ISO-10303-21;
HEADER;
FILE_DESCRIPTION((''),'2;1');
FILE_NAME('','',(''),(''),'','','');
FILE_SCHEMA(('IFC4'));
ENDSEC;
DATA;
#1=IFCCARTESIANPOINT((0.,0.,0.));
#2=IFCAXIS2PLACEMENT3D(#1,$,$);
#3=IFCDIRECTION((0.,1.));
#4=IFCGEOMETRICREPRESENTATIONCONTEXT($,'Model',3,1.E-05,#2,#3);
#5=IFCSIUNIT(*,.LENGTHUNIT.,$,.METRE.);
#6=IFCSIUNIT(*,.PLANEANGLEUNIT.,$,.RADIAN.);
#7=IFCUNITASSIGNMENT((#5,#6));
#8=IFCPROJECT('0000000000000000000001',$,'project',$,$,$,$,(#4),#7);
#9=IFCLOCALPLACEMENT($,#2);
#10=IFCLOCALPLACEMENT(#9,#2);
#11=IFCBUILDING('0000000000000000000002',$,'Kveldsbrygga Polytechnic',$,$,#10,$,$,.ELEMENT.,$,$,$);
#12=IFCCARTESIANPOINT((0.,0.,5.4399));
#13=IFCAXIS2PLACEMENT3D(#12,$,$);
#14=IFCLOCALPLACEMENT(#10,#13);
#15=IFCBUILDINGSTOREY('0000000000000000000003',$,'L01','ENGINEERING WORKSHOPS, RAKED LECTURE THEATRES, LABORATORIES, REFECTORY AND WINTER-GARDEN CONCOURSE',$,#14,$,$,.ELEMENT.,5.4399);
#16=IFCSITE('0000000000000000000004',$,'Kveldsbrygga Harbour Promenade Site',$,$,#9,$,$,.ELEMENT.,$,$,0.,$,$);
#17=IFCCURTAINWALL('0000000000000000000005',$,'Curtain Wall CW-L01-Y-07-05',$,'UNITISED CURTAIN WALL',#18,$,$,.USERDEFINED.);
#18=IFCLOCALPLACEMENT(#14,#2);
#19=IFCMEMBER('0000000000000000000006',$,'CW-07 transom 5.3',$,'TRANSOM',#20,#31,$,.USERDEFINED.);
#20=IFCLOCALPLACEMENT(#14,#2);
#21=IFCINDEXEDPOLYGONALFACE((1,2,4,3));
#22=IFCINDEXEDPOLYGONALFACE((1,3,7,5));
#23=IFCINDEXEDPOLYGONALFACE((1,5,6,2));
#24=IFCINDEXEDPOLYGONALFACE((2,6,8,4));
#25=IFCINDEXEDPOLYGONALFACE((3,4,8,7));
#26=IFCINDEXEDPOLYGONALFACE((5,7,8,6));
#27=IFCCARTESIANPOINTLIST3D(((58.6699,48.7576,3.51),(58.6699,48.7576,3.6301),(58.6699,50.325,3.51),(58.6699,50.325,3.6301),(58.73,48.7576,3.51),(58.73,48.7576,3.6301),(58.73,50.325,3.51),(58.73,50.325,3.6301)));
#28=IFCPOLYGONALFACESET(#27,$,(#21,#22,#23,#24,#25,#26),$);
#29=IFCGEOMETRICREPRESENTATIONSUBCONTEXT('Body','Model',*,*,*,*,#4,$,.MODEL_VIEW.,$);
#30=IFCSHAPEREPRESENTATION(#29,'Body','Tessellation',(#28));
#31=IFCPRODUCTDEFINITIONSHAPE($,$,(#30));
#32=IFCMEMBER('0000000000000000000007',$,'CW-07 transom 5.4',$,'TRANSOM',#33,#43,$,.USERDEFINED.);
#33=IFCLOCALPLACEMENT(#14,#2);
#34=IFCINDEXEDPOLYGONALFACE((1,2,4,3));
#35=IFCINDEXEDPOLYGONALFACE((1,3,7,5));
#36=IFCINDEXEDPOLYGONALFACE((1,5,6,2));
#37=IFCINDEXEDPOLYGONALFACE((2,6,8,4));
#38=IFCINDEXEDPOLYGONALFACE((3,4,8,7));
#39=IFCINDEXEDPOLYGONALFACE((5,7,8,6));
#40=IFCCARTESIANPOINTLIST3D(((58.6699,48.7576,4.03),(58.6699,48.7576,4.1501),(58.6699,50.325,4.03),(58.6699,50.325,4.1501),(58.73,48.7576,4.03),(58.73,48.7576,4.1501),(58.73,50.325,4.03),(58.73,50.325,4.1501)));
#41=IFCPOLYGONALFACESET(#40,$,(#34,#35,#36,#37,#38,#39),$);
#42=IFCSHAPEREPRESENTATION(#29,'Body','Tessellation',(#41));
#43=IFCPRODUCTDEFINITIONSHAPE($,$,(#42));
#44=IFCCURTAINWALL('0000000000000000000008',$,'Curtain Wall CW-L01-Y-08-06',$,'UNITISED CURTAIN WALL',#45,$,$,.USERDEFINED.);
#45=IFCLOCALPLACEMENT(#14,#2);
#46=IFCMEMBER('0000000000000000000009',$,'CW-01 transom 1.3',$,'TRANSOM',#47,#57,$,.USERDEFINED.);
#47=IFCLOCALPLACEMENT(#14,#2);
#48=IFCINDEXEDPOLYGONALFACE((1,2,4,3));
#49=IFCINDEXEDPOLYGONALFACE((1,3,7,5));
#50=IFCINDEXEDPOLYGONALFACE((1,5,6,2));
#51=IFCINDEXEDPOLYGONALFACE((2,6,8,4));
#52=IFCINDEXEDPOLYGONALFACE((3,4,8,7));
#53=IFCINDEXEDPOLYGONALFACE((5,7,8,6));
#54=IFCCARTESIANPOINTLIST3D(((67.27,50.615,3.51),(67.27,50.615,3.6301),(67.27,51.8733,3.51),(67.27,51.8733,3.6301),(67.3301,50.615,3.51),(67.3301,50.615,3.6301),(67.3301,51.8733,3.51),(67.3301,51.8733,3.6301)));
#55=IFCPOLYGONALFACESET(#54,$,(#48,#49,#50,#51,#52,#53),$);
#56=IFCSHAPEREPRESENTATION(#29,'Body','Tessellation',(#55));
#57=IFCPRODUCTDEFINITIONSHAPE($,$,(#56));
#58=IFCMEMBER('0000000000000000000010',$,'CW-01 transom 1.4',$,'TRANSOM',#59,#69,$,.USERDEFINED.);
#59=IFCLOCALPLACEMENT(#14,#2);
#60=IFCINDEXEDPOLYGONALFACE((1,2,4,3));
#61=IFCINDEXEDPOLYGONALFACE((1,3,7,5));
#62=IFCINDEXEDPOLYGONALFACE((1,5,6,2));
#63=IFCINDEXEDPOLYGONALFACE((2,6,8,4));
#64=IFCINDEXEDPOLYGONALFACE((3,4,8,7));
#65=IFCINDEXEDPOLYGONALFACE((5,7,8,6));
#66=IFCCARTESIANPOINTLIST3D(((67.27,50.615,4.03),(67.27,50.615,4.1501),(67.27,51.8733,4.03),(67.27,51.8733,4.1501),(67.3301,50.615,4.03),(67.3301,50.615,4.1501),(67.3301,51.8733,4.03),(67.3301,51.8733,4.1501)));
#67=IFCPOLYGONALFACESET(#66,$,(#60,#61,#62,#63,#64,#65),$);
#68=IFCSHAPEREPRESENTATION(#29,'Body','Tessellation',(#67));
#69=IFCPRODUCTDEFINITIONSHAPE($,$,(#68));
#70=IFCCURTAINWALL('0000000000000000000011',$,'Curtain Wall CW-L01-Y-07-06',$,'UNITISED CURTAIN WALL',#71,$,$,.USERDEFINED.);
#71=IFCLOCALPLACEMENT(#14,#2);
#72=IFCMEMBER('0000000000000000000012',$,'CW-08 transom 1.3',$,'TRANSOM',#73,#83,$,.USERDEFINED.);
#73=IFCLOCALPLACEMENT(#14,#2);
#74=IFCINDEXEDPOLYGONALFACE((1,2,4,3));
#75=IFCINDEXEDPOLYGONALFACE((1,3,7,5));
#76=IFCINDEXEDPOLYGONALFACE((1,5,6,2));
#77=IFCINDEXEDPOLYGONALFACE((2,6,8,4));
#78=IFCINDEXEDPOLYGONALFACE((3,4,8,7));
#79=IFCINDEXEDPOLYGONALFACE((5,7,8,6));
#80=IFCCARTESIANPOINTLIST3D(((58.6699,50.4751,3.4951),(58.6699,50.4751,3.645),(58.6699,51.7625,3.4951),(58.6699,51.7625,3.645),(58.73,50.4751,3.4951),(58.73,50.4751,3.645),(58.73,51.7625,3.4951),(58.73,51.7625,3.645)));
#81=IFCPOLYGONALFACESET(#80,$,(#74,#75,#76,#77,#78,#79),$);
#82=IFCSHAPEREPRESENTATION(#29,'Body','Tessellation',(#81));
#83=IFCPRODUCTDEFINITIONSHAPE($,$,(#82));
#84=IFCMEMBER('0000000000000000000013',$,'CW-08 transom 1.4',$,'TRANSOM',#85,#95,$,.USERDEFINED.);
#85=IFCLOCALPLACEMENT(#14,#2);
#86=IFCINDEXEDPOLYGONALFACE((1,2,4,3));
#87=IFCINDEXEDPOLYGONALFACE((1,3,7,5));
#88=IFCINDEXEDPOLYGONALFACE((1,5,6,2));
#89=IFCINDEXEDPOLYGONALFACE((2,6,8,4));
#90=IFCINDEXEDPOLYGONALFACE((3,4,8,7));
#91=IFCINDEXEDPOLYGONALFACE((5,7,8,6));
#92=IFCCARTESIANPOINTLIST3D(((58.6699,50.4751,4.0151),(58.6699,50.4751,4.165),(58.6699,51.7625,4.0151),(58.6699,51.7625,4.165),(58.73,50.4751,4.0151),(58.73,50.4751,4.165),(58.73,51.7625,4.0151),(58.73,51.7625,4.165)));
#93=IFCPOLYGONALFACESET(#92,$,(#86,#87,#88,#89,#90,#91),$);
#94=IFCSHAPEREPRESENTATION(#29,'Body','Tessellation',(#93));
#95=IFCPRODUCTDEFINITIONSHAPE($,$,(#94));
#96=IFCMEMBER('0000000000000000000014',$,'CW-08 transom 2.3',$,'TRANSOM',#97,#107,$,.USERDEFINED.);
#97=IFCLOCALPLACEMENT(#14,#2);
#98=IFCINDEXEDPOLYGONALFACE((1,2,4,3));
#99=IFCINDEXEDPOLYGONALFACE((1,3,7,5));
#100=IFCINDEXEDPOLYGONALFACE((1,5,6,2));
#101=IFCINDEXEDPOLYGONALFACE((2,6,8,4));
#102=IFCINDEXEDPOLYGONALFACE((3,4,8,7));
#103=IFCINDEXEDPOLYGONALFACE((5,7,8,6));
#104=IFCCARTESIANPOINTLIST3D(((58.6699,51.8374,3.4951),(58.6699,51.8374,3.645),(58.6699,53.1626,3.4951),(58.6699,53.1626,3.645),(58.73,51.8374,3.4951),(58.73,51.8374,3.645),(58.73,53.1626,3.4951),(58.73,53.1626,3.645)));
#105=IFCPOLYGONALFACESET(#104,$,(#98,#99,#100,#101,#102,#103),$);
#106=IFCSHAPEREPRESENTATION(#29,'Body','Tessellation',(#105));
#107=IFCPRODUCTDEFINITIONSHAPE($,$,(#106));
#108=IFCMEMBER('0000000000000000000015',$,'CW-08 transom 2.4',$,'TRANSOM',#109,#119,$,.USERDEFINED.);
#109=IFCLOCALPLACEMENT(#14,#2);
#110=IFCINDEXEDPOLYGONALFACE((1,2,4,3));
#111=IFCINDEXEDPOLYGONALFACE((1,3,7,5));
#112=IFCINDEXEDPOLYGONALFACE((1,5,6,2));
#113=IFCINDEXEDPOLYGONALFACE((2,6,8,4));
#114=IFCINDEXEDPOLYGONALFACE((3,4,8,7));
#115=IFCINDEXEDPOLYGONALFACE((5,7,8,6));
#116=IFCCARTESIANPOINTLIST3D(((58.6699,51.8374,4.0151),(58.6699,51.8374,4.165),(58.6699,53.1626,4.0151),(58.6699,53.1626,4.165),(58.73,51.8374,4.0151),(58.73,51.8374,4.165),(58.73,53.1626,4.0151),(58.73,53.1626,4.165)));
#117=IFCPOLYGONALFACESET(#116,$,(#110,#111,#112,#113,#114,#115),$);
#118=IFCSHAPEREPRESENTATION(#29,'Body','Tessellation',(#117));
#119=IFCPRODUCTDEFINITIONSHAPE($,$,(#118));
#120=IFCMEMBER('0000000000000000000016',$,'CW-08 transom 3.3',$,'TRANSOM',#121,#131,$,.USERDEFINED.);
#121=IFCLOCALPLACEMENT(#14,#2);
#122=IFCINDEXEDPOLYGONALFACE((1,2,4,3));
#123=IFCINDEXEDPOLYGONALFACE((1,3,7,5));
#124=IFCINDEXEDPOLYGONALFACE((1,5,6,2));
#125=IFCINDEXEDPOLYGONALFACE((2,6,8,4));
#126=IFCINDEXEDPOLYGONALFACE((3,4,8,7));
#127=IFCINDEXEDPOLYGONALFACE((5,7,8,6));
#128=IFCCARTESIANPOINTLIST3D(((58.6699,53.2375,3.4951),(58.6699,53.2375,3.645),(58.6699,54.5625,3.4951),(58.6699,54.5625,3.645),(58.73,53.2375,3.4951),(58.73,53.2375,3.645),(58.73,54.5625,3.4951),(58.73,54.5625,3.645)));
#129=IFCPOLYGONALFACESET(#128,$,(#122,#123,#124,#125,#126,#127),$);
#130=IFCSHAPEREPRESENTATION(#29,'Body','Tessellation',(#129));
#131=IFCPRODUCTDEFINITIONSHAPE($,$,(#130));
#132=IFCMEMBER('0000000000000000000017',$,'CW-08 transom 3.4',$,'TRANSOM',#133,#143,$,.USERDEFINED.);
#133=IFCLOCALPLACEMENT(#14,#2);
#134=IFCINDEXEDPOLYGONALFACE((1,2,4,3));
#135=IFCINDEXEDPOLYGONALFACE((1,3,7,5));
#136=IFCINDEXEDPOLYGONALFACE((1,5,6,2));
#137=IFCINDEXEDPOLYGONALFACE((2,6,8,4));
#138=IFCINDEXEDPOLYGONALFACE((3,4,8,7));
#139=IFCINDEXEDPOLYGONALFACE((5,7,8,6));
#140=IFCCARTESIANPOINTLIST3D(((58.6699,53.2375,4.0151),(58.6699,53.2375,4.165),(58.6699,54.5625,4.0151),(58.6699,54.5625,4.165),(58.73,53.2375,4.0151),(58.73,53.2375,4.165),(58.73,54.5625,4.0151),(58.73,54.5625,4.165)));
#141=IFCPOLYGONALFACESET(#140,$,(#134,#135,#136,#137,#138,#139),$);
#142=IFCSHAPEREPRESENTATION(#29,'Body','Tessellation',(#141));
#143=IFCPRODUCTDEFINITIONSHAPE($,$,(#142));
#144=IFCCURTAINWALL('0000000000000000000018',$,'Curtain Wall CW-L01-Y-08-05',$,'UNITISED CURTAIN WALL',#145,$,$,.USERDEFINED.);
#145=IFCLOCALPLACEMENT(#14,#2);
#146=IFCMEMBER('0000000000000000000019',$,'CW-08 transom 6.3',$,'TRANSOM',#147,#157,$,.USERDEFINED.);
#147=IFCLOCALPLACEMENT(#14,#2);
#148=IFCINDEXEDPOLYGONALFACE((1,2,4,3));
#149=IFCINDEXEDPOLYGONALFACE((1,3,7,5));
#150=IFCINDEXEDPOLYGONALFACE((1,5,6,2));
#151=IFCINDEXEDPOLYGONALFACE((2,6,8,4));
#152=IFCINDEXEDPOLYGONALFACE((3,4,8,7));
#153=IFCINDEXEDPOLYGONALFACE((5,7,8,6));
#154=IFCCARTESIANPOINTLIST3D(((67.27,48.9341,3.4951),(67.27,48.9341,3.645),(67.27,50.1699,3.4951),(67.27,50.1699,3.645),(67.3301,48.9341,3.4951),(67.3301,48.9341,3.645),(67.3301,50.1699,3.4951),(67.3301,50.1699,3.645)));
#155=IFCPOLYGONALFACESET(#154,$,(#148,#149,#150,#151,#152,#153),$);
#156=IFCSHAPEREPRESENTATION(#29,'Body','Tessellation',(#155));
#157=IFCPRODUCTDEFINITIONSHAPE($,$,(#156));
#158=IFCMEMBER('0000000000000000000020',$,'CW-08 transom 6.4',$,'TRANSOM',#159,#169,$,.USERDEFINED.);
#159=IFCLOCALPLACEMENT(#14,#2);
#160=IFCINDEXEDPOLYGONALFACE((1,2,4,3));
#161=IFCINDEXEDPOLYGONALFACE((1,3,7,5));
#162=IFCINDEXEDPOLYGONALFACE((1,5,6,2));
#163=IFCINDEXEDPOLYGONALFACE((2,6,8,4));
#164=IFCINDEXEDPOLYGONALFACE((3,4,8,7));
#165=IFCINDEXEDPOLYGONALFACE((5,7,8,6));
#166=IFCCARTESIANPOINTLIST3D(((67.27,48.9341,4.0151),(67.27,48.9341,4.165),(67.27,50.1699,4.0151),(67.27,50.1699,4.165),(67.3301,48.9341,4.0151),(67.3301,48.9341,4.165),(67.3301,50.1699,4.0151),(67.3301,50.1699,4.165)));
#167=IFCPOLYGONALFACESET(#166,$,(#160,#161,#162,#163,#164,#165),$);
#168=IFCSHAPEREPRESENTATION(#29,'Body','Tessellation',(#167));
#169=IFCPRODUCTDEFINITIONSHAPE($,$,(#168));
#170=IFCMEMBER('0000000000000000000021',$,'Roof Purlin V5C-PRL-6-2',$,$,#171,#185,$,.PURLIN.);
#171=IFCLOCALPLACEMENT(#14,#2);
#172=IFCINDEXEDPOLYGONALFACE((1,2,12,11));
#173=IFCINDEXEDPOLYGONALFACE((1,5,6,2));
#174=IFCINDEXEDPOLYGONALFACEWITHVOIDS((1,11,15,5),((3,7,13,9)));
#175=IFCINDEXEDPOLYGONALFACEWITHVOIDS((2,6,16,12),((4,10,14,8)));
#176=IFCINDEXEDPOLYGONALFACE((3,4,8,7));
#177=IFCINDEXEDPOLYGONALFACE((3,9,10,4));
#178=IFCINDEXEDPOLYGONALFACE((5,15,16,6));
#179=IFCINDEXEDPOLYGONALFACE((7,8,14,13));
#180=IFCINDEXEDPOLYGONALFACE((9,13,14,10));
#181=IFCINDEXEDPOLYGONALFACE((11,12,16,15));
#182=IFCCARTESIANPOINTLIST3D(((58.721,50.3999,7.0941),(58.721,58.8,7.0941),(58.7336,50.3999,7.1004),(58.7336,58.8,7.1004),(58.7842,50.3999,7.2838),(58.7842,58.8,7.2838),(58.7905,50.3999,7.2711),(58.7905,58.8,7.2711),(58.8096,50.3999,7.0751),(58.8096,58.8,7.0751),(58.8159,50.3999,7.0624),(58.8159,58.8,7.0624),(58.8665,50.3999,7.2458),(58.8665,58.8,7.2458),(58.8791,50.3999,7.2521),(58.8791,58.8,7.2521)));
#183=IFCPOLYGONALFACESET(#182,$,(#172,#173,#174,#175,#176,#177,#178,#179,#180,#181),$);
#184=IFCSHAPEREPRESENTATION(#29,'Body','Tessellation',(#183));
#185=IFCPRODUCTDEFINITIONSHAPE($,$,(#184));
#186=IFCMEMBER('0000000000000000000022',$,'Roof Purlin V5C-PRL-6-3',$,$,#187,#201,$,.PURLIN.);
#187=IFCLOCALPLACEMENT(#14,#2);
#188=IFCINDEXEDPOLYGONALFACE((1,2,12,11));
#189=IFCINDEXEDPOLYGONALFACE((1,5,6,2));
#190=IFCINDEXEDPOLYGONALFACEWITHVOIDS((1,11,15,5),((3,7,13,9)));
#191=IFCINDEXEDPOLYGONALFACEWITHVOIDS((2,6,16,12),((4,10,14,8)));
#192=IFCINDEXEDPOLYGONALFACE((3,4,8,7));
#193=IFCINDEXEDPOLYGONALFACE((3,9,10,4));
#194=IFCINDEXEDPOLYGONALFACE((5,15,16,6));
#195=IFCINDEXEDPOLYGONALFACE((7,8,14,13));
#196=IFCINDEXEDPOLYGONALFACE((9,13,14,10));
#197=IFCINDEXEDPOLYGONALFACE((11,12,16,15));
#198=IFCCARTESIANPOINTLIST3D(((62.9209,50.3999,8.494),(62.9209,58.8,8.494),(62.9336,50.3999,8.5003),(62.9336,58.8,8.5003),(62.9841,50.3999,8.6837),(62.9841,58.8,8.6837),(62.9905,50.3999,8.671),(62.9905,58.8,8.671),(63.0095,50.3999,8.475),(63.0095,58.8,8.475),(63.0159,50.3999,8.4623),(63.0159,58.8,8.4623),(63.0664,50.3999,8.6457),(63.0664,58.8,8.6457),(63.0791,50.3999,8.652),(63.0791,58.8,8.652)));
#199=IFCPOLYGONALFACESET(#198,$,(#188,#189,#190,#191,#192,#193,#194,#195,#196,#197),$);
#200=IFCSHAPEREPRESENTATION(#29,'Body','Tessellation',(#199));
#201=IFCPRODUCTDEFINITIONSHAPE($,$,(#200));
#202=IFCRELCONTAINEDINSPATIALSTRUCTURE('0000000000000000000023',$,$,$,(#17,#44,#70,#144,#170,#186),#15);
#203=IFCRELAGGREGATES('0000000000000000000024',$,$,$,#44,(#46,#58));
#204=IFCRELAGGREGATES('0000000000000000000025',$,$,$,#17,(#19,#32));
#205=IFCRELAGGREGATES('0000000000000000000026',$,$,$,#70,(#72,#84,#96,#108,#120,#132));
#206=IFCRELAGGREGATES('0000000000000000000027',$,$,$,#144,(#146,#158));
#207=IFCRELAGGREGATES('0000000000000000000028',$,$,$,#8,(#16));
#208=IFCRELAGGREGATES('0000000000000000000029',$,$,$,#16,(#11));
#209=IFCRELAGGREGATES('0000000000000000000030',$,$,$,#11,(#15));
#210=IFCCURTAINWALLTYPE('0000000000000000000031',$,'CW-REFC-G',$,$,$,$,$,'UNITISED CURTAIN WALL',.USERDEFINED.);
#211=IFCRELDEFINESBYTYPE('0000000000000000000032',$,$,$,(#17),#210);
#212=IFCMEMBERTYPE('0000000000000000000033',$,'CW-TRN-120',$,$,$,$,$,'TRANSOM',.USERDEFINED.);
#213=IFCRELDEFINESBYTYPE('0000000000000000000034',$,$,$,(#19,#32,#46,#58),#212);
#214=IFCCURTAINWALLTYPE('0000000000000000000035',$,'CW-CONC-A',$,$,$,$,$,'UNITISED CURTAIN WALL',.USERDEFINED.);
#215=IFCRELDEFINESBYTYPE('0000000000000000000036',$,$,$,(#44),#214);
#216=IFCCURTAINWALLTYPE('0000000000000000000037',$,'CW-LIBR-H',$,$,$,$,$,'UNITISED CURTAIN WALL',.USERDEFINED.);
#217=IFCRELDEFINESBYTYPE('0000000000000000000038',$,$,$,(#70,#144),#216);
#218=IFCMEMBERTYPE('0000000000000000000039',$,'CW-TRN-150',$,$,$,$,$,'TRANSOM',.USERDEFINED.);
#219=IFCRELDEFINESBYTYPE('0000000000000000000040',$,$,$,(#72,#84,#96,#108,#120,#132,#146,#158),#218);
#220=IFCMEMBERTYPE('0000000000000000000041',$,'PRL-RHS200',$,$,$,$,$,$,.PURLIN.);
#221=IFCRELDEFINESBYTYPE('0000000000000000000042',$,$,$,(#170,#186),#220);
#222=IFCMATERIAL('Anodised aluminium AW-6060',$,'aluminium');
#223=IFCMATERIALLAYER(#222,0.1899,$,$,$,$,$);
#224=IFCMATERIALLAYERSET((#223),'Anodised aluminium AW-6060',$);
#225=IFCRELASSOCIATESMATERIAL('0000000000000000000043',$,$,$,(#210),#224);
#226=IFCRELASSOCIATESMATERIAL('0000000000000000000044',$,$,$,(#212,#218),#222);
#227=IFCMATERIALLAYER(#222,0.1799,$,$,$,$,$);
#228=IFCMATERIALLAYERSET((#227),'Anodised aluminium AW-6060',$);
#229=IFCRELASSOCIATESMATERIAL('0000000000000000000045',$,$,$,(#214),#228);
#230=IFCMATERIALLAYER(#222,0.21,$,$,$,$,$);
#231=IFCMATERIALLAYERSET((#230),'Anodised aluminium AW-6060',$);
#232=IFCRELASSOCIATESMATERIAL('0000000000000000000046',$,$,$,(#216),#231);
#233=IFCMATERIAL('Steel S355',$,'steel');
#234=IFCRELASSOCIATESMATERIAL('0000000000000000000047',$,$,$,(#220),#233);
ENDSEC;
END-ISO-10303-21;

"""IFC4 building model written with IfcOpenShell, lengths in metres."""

from ifc_helpers import new_model, si_unit, direction, frame, origin, origin_2d, place, context, subcontext, project, spatial, rectangle, hollow_rectangle, extrude, material, layer, layer_set, material_profile, profile_set, type_object, element, aggregate, save


model = new_model("IFC4")

# Units and contexts
model_context = context("Model", 3, precision=1e-05, world=origin(), true_north=direction((0.0, 1.0)))
body_context = subcontext(model_context, "Body", "Model", "MODEL_VIEW")
ifc_project = project(units=[si_unit("LENGTHUNIT", "METRE"), si_unit("PLANEANGLEUNIT", "RADIAN")], contexts=[model_context])

# Site, building, storey
site_placement = place(None, origin())
site = spatial("IfcSite", under=ifc_project, at=site_placement, Name="Kveldsbrygga Harbour Promenade Site", CompositionType="ELEMENT", RefElevation=0.0)
building_placement = place(site_placement, origin())
building = spatial("IfcBuilding", under=site, at=building_placement, Name="Kveldsbrygga Polytechnic", CompositionType="ELEMENT")
storey_placement = place(building_placement, frame((0.0, 0.0, 5.4399)))
storey = spatial("IfcBuildingStorey", under=building, at=storey_placement, Name="L01", Description="ENGINEERING WORKSHOPS, RAKED LECTURE THEATRES, LABORATORIES, REFECTORY AND WINTER-GARDEN CONCOURSE", CompositionType="ELEMENT", Elevation=5.4399)

# Curtain walls, members
ifc_material_1 = material(Name="Anodised aluminium AW-6060", Category="aluminium")
ifc_layer_1 = layer(ifc_material_1, 0.1899)
ifc_layer_set_1 = layer_set([ifc_layer_1], Name="Anodised aluminium AW-6060")
curtain_wall_type_1 = type_object("IfcCurtainWallType", Name="CW-REFC-G", ElementType="UNITISED CURTAIN WALL", PredefinedType="USERDEFINED", material=ifc_layer_set_1)
curtain_wall_1_placement = place(storey_placement, origin())
curtain_wall_1 = element("IfcCurtainWall", 1, at=curtain_wall_1_placement, inside=storey, type_object=curtain_wall_type_1, Name="Curtain Wall CW-L01-Y-07-05", ObjectType="UNITISED CURTAIN WALL", PredefinedType="USERDEFINED")
ifc_material_profile_1 = material_profile(ifc_material_1, rectangle(XDim=0.0601, YDim=0.1201, at=origin_2d()), Name="ALU 60x120")
ifc_profile_set_1 = profile_set([ifc_material_profile_1], Name="Anodised aluminium AW-6060")
member_type_1 = type_object("IfcMemberType", Name="CW-TRN-120", ElementType="TRANSOM", PredefinedType="USERDEFINED", material=ifc_profile_set_1)
member_1_placement = place(storey_placement, frame((58.7, 48.7576, 3.5701), z_axis=(0.0, 1.0, 0.0), x_axis=(-1.0, 0.0, 0.0)))
member_1 = element("IfcMember", 2, at=member_1_placement, type_object=member_type_1, Name="CW-07 transom 5.3", ObjectType="TRANSOM", PredefinedType="USERDEFINED", context=body_context, shape_type="SweptSolid", body=[
    extrude(rectangle(XDim=0.0601, YDim=0.1201, at=origin_2d()), origin(), (0.0, 0.0, 1.0), 1.5674),
])
member_2_placement = place(storey_placement, frame((58.7, 48.7576, 4.0901), z_axis=(0.0, 1.0, 0.0), x_axis=(-1.0, 0.0, 0.0)))
member_2 = element("IfcMember", 3, at=member_2_placement, type_object=member_type_1, Name="CW-07 transom 5.4", ObjectType="TRANSOM", PredefinedType="USERDEFINED", context=body_context, shape_type="SweptSolid", body=[
    extrude(rectangle(XDim=0.0601, YDim=0.1201, at=origin_2d()), origin(), (0.0, 0.0, 1.0), 1.5674),
])
ifc_layer_2 = layer(ifc_material_1, 0.1799)
ifc_layer_set_2 = layer_set([ifc_layer_2], Name="Anodised aluminium AW-6060")
curtain_wall_type_2 = type_object("IfcCurtainWallType", Name="CW-CONC-A", ElementType="UNITISED CURTAIN WALL", PredefinedType="USERDEFINED", material=ifc_layer_set_2)
curtain_wall_2_placement = place(storey_placement, origin())
curtain_wall_2 = element("IfcCurtainWall", 4, at=curtain_wall_2_placement, inside=storey, type_object=curtain_wall_type_2, Name="Curtain Wall CW-L01-Y-08-06", ObjectType="UNITISED CURTAIN WALL", PredefinedType="USERDEFINED")
member_3_placement = place(storey_placement, frame((67.3, 50.615, 3.5701), z_axis=(0.0, 1.0, 0.0), x_axis=(-1.0, 0.0, 0.0)))
member_3 = element("IfcMember", 5, at=member_3_placement, type_object=member_type_1, Name="CW-01 transom 1.3", ObjectType="TRANSOM", PredefinedType="USERDEFINED", context=body_context, shape_type="SweptSolid", body=[
    extrude(rectangle(XDim=0.0601, YDim=0.1201, at=origin_2d()), origin(), (0.0, 0.0, 1.0), 1.2583),
])
member_4_placement = place(storey_placement, frame((67.3, 50.615, 4.0901), z_axis=(0.0, 1.0, 0.0), x_axis=(-1.0, 0.0, 0.0)))
member_4 = element("IfcMember", 6, at=member_4_placement, type_object=member_type_1, Name="CW-01 transom 1.4", ObjectType="TRANSOM", PredefinedType="USERDEFINED", context=body_context, shape_type="SweptSolid", body=[
    extrude(rectangle(XDim=0.0601, YDim=0.1201, at=origin_2d()), origin(), (0.0, 0.0, 1.0), 1.2583),
])
aggregate(curtain_wall_2, [member_3, member_4])
ifc_layer_3 = layer(ifc_material_1, 0.21)
ifc_layer_set_3 = layer_set([ifc_layer_3], Name="Anodised aluminium AW-6060")
curtain_wall_type_3 = type_object("IfcCurtainWallType", Name="CW-LIBR-H", ElementType="UNITISED CURTAIN WALL", PredefinedType="USERDEFINED", material=ifc_layer_set_3)
curtain_wall_3_placement = place(storey_placement, origin())
curtain_wall_3 = element("IfcCurtainWall", 7, at=curtain_wall_3_placement, inside=storey, type_object=curtain_wall_type_3, Name="Curtain Wall CW-L01-Y-07-06", ObjectType="UNITISED CURTAIN WALL", PredefinedType="USERDEFINED")
ifc_material_profile_2 = material_profile(ifc_material_1, rectangle(XDim=0.0601, YDim=0.1499, at=origin_2d()), Name="ALU 60x150")
ifc_profile_set_2 = profile_set([ifc_material_profile_2], Name="Anodised aluminium AW-6060")
member_type_2 = type_object("IfcMemberType", Name="CW-TRN-150", ElementType="TRANSOM", PredefinedType="USERDEFINED", material=ifc_profile_set_2)
member_5_placement = place(storey_placement, frame((58.7, 50.4751, 3.5701), z_axis=(0.0, 1.0, 0.0), x_axis=(-1.0, 0.0, 0.0)))
member_5 = element("IfcMember", 8, at=member_5_placement, type_object=member_type_2, Name="CW-08 transom 1.3", ObjectType="TRANSOM", PredefinedType="USERDEFINED", context=body_context, shape_type="SweptSolid", body=[
    extrude(rectangle(XDim=0.0601, YDim=0.1499, at=origin_2d()), origin(), (0.0, 0.0, 1.0), 1.2874),
])
member_6_placement = place(storey_placement, frame((58.7, 50.4751, 4.0901), z_axis=(0.0, 1.0, 0.0), x_axis=(-1.0, 0.0, 0.0)))
member_6 = element("IfcMember", 9, at=member_6_placement, type_object=member_type_2, Name="CW-08 transom 1.4", ObjectType="TRANSOM", PredefinedType="USERDEFINED", context=body_context, shape_type="SweptSolid", body=[
    extrude(rectangle(XDim=0.0601, YDim=0.1499, at=origin_2d()), origin(), (0.0, 0.0, 1.0), 1.2874),
])
member_7_placement = place(storey_placement, frame((58.7, 51.8374, 3.5701), z_axis=(0.0, 1.0, 0.0), x_axis=(-1.0, 0.0, 0.0)))
member_7 = element("IfcMember", 10, at=member_7_placement, type_object=member_type_2, Name="CW-08 transom 2.3", ObjectType="TRANSOM", PredefinedType="USERDEFINED", context=body_context, shape_type="SweptSolid", body=[
    extrude(rectangle(XDim=0.0601, YDim=0.1499, at=origin_2d()), origin(), (0.0, 0.0, 1.0), 1.3252),
])
member_8_placement = place(storey_placement, frame((58.7, 51.8374, 4.0901), z_axis=(0.0, 1.0, 0.0), x_axis=(-1.0, 0.0, 0.0)))
member_8 = element("IfcMember", 11, at=member_8_placement, type_object=member_type_2, Name="CW-08 transom 2.4", ObjectType="TRANSOM", PredefinedType="USERDEFINED", context=body_context, shape_type="SweptSolid", body=[
    extrude(rectangle(XDim=0.0601, YDim=0.1499, at=origin_2d()), origin(), (0.0, 0.0, 1.0), 1.3252),
])
member_9_placement = place(storey_placement, frame((58.7, 53.2375, 3.5701), z_axis=(0.0, 1.0, 0.0), x_axis=(-1.0, 0.0, 0.0)))
member_9 = element("IfcMember", 12, at=member_9_placement, type_object=member_type_2, Name="CW-08 transom 3.3", ObjectType="TRANSOM", PredefinedType="USERDEFINED", context=body_context, shape_type="SweptSolid", body=[
    extrude(rectangle(XDim=0.0601, YDim=0.1499, at=origin_2d()), origin(), (0.0, 0.0, 1.0), 1.325),
])
member_10_placement = place(storey_placement, frame((58.7, 53.2375, 4.0901), z_axis=(0.0, 1.0, 0.0), x_axis=(-1.0, 0.0, 0.0)))
member_10 = element("IfcMember", 13, at=member_10_placement, type_object=member_type_2, Name="CW-08 transom 3.4", ObjectType="TRANSOM", PredefinedType="USERDEFINED", context=body_context, shape_type="SweptSolid", body=[
    extrude(rectangle(XDim=0.0601, YDim=0.1499, at=origin_2d()), origin(), (0.0, 0.0, 1.0), 1.325),
])
curtain_wall_4_placement = place(storey_placement, origin())
curtain_wall_4 = element("IfcCurtainWall", 14, at=curtain_wall_4_placement, inside=storey, type_object=curtain_wall_type_3, Name="Curtain Wall CW-L01-Y-08-05", ObjectType="UNITISED CURTAIN WALL", PredefinedType="USERDEFINED")
member_11_placement = place(storey_placement, frame((67.3, 48.9341, 3.5701), z_axis=(0.0, 1.0, 0.0), x_axis=(-1.0, 0.0, 0.0)))
member_11 = element("IfcMember", 15, at=member_11_placement, type_object=member_type_2, Name="CW-08 transom 6.3", ObjectType="TRANSOM", PredefinedType="USERDEFINED", context=body_context, shape_type="SweptSolid", body=[
    extrude(rectangle(XDim=0.0601, YDim=0.1499, at=origin_2d()), origin(), (0.0, 0.0, 1.0), 1.2358),
])
member_12_placement = place(storey_placement, frame((67.3, 48.9341, 4.0901), z_axis=(0.0, 1.0, 0.0), x_axis=(-1.0, 0.0, 0.0)))
member_12 = element("IfcMember", 16, at=member_12_placement, type_object=member_type_2, Name="CW-08 transom 6.4", ObjectType="TRANSOM", PredefinedType="USERDEFINED", context=body_context, shape_type="SweptSolid", body=[
    extrude(rectangle(XDim=0.0601, YDim=0.1499, at=origin_2d()), origin(), (0.0, 0.0, 1.0), 1.2358),
])

# Members
ifc_material_2 = material(Name="Steel S355", Category="steel")
ifc_material_profile_3 = material_profile(ifc_material_2, hollow_rectangle(XDim=0.1001, YDim=0.2, WallThickness=0.01, at=origin_2d()), Name="RHS 200x100x10.0")
ifc_profile_set_3 = profile_set([ifc_material_profile_3], Name="Steel S355")
member_type_3 = type_object("IfcMemberType", Name="PRL-RHS200", PredefinedType="PURLIN", material=ifc_profile_set_3)
for number, where, z_axis, x_axis, name in (
    (17, (58.8, 50.3999, 7.1731), (0.0, 1.0, 0.0), (-0.948684, 0.0, 0.316227), "Roof Purlin V5C-PRL-6-2"),
    (18, (63.0, 50.3999, 8.573), (0.0, 1.0, 0.0), (-0.948684, 0.0, 0.316227), "Roof Purlin V5C-PRL-6-3"),
):
    element("IfcMember", number, at=place(storey_placement, frame(where, z_axis=z_axis, x_axis=x_axis)), inside=storey, type_object=member_type_3, Name=name, PredefinedType="PURLIN", context=body_context, shape_type="SweptSolid", body=[
        extrude(hollow_rectangle(XDim=0.1001, YDim=0.2, WallThickness=0.01, at=origin_2d()), origin(), (0.0, 0.0, 1.0), 8.4001),
    ])

aggregate(curtain_wall_1, [member_1, member_2])
aggregate(curtain_wall_3, [member_5, member_6, member_7, member_8, member_9, member_10])
aggregate(curtain_wall_4, [member_11, member_12])

save(model, "model.ifc")
